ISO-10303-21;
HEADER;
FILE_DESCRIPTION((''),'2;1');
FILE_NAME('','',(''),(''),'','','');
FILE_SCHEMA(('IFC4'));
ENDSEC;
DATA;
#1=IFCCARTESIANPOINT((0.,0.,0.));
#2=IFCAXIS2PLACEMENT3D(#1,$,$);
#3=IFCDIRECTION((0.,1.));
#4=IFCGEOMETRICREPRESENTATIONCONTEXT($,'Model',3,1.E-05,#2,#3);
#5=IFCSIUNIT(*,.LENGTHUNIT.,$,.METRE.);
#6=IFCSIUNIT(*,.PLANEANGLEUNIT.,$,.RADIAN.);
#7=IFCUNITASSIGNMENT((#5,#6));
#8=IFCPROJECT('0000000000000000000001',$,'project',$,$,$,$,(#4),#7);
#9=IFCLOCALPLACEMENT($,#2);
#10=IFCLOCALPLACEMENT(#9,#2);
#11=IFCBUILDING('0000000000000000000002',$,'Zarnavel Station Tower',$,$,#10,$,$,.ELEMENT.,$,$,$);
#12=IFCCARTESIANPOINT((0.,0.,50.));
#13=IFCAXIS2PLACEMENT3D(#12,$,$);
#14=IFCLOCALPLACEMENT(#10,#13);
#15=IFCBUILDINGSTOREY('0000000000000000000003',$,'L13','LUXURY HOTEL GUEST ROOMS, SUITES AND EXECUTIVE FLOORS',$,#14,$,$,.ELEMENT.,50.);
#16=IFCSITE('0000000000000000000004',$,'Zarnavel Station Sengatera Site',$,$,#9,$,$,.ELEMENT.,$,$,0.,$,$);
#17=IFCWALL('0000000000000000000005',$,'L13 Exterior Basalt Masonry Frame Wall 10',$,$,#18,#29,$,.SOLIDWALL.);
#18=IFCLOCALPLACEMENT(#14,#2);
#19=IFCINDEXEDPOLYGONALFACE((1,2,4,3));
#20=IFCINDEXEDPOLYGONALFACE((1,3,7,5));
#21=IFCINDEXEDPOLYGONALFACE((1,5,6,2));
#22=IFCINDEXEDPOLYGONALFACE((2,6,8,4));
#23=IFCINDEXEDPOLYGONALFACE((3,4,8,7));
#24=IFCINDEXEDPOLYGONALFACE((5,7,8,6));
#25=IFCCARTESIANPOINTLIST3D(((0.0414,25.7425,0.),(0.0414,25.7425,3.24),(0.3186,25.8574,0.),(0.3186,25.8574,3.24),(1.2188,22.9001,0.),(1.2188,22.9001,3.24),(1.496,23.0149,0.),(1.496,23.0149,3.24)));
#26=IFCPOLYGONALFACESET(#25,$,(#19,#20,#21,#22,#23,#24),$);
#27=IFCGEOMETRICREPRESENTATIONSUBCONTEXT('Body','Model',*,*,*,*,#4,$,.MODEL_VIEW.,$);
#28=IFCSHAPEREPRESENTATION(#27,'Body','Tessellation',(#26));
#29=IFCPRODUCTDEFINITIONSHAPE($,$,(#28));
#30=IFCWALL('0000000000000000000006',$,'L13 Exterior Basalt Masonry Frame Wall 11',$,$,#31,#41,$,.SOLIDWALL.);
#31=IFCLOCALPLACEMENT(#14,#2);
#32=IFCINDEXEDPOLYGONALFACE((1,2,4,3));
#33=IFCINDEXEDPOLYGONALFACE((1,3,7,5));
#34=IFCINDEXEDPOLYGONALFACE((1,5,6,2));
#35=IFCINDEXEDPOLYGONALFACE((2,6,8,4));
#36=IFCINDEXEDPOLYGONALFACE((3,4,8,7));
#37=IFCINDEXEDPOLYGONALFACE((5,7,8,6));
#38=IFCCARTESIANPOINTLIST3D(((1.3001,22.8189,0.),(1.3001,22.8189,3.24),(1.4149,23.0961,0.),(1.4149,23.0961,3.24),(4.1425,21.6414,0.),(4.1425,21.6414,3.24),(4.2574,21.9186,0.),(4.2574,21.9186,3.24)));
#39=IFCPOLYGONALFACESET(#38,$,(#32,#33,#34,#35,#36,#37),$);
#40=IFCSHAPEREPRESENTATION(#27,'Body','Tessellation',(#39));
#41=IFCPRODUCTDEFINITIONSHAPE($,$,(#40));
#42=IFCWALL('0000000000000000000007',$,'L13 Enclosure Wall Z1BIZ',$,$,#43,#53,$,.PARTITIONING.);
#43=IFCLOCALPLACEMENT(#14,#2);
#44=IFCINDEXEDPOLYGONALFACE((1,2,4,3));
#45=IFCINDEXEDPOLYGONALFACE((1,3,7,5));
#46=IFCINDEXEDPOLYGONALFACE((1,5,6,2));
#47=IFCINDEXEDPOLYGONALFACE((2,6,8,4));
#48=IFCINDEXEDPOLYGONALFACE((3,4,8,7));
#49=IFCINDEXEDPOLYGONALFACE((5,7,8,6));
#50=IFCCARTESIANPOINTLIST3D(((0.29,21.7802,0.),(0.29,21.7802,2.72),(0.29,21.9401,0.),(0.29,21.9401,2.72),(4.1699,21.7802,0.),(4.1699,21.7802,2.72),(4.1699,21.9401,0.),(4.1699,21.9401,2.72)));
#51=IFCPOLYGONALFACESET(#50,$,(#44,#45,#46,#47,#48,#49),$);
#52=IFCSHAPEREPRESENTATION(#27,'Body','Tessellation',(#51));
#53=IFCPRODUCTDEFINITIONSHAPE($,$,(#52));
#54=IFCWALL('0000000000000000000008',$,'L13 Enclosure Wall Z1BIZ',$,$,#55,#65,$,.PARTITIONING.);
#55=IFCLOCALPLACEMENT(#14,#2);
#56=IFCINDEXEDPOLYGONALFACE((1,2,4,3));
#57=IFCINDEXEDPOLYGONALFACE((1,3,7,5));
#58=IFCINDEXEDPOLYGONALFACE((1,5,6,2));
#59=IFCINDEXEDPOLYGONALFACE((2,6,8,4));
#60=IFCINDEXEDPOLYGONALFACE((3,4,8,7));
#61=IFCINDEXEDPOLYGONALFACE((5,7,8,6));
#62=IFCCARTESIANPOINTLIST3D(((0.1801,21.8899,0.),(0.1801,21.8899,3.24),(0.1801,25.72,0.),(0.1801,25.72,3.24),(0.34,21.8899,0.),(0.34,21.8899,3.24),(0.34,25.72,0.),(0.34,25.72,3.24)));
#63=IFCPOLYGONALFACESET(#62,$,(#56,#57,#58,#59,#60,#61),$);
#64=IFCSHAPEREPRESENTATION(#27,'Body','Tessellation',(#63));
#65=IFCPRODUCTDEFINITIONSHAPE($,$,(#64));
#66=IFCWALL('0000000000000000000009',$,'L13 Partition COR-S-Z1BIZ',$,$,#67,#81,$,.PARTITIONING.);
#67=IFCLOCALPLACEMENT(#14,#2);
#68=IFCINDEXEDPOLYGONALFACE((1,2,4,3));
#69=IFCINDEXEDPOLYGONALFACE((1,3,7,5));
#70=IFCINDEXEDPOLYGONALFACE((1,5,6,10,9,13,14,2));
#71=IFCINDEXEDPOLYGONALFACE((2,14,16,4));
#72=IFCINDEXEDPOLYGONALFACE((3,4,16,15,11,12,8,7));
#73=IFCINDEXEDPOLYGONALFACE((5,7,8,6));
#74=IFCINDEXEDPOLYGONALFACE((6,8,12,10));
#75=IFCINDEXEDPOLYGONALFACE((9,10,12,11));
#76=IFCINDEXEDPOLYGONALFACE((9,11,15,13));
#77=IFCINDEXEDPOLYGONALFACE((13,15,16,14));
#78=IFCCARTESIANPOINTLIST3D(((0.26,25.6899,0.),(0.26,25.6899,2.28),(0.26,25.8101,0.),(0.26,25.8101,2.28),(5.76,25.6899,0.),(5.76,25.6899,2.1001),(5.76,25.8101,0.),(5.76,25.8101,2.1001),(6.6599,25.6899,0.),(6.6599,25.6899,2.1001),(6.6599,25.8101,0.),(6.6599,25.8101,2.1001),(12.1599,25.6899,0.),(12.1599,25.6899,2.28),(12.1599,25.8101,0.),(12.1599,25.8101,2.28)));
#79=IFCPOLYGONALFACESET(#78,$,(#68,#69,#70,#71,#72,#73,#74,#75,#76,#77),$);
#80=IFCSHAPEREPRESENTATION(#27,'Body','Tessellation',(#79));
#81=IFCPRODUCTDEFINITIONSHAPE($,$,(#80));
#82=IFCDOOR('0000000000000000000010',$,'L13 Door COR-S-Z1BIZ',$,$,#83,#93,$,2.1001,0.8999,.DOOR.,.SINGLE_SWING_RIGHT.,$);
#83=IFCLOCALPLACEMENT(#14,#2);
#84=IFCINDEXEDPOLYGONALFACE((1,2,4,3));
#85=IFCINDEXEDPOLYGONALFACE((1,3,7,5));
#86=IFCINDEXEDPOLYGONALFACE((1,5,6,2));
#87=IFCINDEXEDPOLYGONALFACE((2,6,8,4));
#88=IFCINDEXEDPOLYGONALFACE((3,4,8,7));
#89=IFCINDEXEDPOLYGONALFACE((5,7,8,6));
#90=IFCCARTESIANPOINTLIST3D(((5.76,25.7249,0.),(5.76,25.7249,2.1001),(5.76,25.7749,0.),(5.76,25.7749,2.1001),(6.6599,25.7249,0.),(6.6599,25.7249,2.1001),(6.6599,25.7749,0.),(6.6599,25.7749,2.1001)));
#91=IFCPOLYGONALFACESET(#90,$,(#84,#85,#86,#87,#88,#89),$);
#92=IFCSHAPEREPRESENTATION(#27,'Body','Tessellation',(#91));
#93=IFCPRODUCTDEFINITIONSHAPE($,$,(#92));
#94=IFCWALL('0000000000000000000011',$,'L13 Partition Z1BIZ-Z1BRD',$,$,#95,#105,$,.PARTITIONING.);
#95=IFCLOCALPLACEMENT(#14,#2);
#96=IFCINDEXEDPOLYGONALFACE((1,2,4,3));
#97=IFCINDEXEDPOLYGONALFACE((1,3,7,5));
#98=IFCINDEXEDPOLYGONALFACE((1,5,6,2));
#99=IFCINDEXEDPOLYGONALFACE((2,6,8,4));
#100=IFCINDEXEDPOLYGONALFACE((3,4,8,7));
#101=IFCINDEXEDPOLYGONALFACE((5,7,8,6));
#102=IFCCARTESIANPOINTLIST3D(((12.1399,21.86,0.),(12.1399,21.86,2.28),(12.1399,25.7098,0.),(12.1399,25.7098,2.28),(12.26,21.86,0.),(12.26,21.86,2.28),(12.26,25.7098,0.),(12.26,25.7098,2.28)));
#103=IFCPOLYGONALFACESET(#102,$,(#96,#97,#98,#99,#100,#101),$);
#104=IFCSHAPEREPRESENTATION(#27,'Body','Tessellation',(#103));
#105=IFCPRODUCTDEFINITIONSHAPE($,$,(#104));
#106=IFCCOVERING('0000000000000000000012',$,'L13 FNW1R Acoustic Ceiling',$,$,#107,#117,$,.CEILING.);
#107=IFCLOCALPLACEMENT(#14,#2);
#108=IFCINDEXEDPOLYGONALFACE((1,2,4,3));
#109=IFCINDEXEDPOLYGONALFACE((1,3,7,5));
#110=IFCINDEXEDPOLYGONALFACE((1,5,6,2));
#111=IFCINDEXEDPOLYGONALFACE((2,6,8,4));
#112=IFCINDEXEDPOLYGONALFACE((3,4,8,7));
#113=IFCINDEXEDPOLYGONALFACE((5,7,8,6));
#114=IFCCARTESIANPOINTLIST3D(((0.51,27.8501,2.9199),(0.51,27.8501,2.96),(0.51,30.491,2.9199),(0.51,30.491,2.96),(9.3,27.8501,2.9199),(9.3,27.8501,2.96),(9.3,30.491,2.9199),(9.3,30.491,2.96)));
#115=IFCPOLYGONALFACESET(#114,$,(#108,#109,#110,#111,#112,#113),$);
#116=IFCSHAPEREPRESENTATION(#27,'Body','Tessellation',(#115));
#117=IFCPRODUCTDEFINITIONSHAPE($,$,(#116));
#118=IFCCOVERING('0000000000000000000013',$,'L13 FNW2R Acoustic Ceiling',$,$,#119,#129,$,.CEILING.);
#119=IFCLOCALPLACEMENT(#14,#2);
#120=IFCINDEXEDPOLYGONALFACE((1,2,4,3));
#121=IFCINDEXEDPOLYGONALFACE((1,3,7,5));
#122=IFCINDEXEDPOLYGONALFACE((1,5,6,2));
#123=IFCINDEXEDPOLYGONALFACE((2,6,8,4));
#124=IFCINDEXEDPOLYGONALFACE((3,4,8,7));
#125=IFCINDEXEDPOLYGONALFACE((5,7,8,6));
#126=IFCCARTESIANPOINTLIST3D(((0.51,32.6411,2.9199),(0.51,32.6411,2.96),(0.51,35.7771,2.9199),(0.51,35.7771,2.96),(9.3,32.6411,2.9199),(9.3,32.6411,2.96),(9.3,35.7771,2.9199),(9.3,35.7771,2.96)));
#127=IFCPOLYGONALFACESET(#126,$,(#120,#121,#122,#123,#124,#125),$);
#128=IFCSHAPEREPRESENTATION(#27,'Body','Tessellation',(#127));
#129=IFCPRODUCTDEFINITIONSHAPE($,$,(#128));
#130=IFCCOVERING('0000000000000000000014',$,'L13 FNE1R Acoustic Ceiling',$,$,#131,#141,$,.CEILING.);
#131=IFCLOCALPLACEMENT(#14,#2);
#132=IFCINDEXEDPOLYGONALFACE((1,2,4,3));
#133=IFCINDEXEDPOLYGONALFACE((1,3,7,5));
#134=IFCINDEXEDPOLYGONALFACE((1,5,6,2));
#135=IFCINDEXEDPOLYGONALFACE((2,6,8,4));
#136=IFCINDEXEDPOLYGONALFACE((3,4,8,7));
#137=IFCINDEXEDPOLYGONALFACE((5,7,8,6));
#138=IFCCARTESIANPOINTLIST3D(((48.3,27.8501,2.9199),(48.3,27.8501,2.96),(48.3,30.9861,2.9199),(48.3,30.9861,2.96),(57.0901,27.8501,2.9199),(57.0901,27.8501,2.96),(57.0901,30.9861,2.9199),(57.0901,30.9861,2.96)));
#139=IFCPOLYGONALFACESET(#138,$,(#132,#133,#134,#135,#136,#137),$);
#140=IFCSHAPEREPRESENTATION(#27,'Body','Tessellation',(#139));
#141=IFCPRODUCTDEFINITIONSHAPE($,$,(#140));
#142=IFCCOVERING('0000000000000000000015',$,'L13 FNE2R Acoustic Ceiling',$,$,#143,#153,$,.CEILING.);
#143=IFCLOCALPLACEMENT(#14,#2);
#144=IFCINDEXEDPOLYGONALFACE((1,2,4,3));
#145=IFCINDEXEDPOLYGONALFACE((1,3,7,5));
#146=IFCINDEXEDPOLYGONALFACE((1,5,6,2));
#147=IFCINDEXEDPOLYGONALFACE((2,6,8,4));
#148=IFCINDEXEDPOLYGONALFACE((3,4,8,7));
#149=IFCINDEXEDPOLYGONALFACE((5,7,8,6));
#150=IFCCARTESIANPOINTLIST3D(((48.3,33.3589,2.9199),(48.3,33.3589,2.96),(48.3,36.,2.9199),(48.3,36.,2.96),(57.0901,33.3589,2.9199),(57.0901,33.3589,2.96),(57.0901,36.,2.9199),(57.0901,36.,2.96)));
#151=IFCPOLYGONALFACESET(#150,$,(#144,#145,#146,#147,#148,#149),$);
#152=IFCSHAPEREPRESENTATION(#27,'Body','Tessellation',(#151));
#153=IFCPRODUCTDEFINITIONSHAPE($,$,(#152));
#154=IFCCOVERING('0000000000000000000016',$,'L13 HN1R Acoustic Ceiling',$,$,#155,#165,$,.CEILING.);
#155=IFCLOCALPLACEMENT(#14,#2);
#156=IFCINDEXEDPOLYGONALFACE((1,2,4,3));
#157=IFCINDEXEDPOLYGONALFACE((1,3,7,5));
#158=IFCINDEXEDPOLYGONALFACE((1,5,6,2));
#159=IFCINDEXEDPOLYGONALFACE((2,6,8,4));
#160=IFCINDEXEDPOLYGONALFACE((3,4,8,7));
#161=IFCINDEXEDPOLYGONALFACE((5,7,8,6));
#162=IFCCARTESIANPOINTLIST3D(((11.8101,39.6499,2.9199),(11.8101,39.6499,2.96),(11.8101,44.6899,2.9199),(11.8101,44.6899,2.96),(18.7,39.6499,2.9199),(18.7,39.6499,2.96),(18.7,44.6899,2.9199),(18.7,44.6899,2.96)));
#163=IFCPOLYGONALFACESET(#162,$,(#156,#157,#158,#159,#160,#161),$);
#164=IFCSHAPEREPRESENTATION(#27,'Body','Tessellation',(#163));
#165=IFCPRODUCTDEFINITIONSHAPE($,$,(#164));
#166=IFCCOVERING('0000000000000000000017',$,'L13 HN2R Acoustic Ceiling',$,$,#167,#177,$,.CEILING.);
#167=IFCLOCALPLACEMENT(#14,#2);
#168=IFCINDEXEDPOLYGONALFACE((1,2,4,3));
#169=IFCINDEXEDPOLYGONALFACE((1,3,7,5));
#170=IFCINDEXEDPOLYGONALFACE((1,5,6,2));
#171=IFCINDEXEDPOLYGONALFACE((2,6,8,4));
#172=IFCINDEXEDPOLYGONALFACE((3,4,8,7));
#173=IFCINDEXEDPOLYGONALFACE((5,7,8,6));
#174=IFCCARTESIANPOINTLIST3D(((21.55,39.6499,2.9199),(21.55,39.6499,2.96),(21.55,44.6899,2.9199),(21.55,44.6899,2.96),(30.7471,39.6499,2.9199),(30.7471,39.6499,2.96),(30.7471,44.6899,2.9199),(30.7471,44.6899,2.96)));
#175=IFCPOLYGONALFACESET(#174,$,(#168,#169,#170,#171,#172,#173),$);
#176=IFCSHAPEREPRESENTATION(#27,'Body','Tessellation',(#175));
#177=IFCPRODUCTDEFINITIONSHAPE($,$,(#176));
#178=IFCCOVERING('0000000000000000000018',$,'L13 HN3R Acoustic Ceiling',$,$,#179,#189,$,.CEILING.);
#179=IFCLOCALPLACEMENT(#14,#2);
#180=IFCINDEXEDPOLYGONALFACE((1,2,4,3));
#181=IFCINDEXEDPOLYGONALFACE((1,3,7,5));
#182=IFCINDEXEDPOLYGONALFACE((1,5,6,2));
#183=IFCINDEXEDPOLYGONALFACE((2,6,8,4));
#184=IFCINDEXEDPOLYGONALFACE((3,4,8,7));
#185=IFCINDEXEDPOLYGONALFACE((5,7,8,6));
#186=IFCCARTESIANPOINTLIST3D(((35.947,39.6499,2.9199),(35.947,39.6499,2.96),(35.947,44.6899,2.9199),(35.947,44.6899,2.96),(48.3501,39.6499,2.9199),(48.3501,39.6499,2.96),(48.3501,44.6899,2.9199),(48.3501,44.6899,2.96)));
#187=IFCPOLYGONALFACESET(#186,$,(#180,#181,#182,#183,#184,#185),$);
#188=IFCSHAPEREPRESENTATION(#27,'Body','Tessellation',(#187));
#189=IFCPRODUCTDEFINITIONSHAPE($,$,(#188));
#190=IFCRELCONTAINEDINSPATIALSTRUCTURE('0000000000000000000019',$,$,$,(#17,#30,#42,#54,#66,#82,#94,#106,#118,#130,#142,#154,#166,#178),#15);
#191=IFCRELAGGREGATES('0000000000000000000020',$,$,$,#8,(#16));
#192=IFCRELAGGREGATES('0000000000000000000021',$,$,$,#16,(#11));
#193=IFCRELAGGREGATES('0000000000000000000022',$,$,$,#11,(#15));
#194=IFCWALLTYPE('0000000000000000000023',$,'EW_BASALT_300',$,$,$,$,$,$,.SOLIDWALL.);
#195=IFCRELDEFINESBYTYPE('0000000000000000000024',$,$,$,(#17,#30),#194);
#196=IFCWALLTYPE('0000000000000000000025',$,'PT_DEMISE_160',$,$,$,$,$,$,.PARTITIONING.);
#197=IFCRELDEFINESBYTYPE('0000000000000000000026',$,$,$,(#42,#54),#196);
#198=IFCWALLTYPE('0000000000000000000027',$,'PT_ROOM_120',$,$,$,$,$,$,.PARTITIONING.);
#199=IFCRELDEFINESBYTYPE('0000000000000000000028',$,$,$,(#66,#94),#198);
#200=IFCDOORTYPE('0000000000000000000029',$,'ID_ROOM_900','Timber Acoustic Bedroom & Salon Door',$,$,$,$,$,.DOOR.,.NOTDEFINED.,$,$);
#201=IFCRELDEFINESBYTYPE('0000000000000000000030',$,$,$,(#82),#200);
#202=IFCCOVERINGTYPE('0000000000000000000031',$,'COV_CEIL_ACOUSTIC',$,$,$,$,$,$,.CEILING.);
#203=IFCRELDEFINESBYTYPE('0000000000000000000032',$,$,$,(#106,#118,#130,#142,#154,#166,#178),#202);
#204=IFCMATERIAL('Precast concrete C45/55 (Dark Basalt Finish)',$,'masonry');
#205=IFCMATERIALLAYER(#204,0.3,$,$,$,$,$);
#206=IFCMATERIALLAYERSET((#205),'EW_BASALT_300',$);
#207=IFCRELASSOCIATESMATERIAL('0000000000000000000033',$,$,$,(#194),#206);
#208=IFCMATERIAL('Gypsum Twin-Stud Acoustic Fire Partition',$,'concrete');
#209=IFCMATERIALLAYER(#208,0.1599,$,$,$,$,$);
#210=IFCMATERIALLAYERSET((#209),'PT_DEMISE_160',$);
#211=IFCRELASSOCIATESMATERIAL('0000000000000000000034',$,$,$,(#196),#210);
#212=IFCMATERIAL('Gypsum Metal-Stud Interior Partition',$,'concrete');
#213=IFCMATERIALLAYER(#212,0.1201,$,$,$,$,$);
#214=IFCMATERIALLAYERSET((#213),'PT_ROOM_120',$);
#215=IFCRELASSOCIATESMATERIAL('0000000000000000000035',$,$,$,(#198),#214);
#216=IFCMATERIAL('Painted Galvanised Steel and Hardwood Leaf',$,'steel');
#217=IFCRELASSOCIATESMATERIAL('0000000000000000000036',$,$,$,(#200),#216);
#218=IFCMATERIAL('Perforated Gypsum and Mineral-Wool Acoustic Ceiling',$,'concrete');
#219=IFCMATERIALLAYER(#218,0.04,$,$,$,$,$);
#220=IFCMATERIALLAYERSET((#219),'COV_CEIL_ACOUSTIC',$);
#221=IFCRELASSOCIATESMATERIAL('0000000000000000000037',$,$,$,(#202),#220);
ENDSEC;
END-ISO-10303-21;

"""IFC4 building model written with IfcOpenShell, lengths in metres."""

from ifc_helpers import new_model, si_unit, direction, frame, frame_2d, origin, place, context, subcontext, project, spatial, polyline, rectangle, outline, extrude, material, layer, layer_set, type_object, element, fill, save


model = new_model("IFC4")

# Units and contexts
model_context = context("Model", 3, precision=1e-05, world=origin(), true_north=direction((0.0, 1.0)))
body_context = subcontext(model_context, "Body", "Model", "MODEL_VIEW")
ifc_project = project(units=[si_unit("LENGTHUNIT", "METRE"), si_unit("PLANEANGLEUNIT", "RADIAN")], contexts=[model_context])

# Site, building, storey
site_placement = place(None, origin())
site = spatial("IfcSite", under=ifc_project, at=site_placement, Name="Zarnavel Station Sengatera Site", CompositionType="ELEMENT", RefElevation=0.0)
building_placement = place(site_placement, origin())
building = spatial("IfcBuilding", under=site, at=building_placement, Name="Zarnavel Station Tower", CompositionType="ELEMENT")
storey_placement = place(building_placement, frame((0.0, 0.0, 50.0)))
storey = spatial("IfcBuildingStorey", under=building, at=storey_placement, Name="L13", Description="LUXURY HOTEL GUEST ROOMS, SUITES AND EXECUTIVE FLOORS", CompositionType="ELEMENT", Elevation=50.0)

# Walls
ifc_material_1 = material(Name="Precast concrete C45/55 (Dark Basalt Finish)", Category="masonry")
ifc_layer_1 = layer(ifc_material_1, 0.3)
ifc_layer_set_1 = layer_set([ifc_layer_1], Name="EW_BASALT_300")
wall_type_1 = type_object("IfcWallType", Name="EW_BASALT_300", PredefinedType="SOLIDWALL", material=ifc_layer_set_1)
for number, where, z_axis, x_axis, name in (
    (1, (1.3574, 22.9575, 0.0), (0.0, 0.0, 1.0), (-0.382705, 0.923871, 0.0), "L13 Exterior Basalt Masonry Frame Wall 10"),
    (2, (4.2, 21.78, 0.0), (0.0, 0.0, 1.0), (-0.923871, 0.382705, 0.0), "L13 Exterior Basalt Masonry Frame Wall 11"),
):
    element("IfcWall", number, at=place(storey_placement, frame(where, z_axis=z_axis, x_axis=x_axis)), inside=storey, type_object=wall_type_1, Name=name, PredefinedType="SOLIDWALL", context=body_context, shape_type="SweptSolid", body=[
        extrude(rectangle(XDim=3.0767, YDim=0.3, at=frame_2d((1.5383, 0.0))), origin(), (0.0, 0.0, 1.0), 3.24),
    ])
ifc_material_2 = material(Name="Gypsum Twin-Stud Acoustic Fire Partition", Category="concrete")
ifc_layer_2 = layer(ifc_material_2, 0.1599)
ifc_layer_set_2 = layer_set([ifc_layer_2], Name="PT_DEMISE_160")
wall_type_2 = type_object("IfcWallType", Name="PT_DEMISE_160", PredefinedType="PARTITIONING", material=ifc_layer_set_2)
wall_1_placement = place(storey_placement, frame((0.29, 21.8601, 0.0), z_axis=(0.0, 0.0, 1.0), x_axis=(1.0, 0.0, 0.0)))
element("IfcWall", 3, at=wall_1_placement, inside=storey, type_object=wall_type_2, Name="L13 Enclosure Wall Z1BIZ", PredefinedType="PARTITIONING", context=body_context, shape_type="SweptSolid", body=[
    extrude(rectangle(XDim=3.8799, YDim=0.1599, at=frame_2d((1.9399, 0.0))), origin(), (0.0, 0.0, 1.0), 2.72),
])
wall_2_placement = place(storey_placement, frame((0.26, 21.8899, 0.0), z_axis=(0.0, 0.0, 1.0), x_axis=(0.0, 1.0, 0.0)))
element("IfcWall", 4, at=wall_2_placement, inside=storey, type_object=wall_type_2, Name="L13 Enclosure Wall Z1BIZ", PredefinedType="PARTITIONING", context=body_context, shape_type="SweptSolid", body=[
    extrude(rectangle(XDim=3.8301, YDim=0.1599, at=frame_2d((1.915, 0.0))), origin(), (0.0, 0.0, 1.0), 3.24),
])

# Wall, opening, door
ifc_material_3 = material(Name="Gypsum Metal-Stud Interior Partition", Category="concrete")
ifc_layer_3 = layer(ifc_material_3, 0.1201)
ifc_layer_set_3 = layer_set([ifc_layer_3], Name="PT_ROOM_120")
wall_type_3 = type_object("IfcWallType", Name="PT_ROOM_120", PredefinedType="PARTITIONING", material=ifc_layer_set_3)
wall_3_placement = place(storey_placement, frame((0.26, 25.75, 0.0), z_axis=(0.0, 0.0, 1.0), x_axis=(1.0, 0.0, 0.0)))
wall_3 = element("IfcWall", 5, at=wall_3_placement, inside=storey, type_object=wall_type_3, Name="L13 Partition COR-S-Z1BIZ", PredefinedType="PARTITIONING", context=body_context, shape_type="SweptSolid", body=[
    extrude(rectangle(XDim=11.8999, YDim=0.1201, at=frame_2d((5.95, 0.0))), origin(), (0.0, 0.0, 1.0), 2.28),
])
opening_placement = place(wall_3_placement, frame((5.5, 0.0, 0.0)))
opening = element("IfcOpeningElement", 6, at=opening_placement, cuts=wall_3, PredefinedType="OPENING", context=body_context, shape_type="SweptSolid", body=[
    extrude(rectangle(XDim=0.8999, YDim=2.1001, at=frame_2d((0.45, 1.05))), frame((0.0, 0.0701, 0.0), z_axis=(0.0, -1.0, 0.0), x_axis=(1.0, 0.0, 0.0)), (0.0, 0.0, 1.0), 0.1401),
])
ifc_material_4 = material(Name="Painted Galvanised Steel and Hardwood Leaf", Category="steel")
door_type = type_object("IfcDoorType", Name="ID_ROOM_900", Description="Timber Acoustic Bedroom & Salon Door", OperationType="NOTDEFINED", PredefinedType="DOOR", material=ifc_material_4)
door_placement = place(opening_placement, origin())
door = element("IfcDoor", 7, at=door_placement, inside=storey, type_object=door_type, Name="L13 Door COR-S-Z1BIZ", OperationType="SINGLE_SWING_RIGHT", OverallHeight=2.1001, OverallWidth=0.8999, PredefinedType="DOOR", context=body_context, shape_type="SweptSolid", body=[
    extrude(rectangle(XDim=0.8999, YDim=2.1001, at=frame_2d((0.45, 1.05))), frame((0.0, 0.0249, 0.0), z_axis=(0.0, -1.0, 0.0), x_axis=(1.0, 0.0, 0.0)), (0.0, 0.0, 1.0), 0.05),
])
fill(opening, door)

# Wall
wall_4_placement = place(storey_placement, frame((12.2, 21.8601, 0.0), z_axis=(0.0, 0.0, 1.0), x_axis=(0.0, 1.0, 0.0)))
element("IfcWall", 8, at=wall_4_placement, inside=storey, type_object=wall_type_3, Name="L13 Partition Z1BIZ-Z1BRD", PredefinedType="PARTITIONING", context=body_context, shape_type="SweptSolid", body=[
    extrude(rectangle(XDim=3.8499, YDim=0.1201, at=frame_2d((1.9248, 0.0))), origin(), (0.0, 0.0, 1.0), 2.28),
])

# Coverings
ifc_material_5 = material(Name="Perforated Gypsum and Mineral-Wool Acoustic Ceiling", Category="concrete")
ifc_layer_4 = layer(ifc_material_5, 0.04)
ifc_layer_set_4 = layer_set([ifc_layer_4], Name="COV_CEIL_ACOUSTIC")
covering_type_1 = type_object("IfcCoveringType", Name="COV_CEIL_ACOUSTIC", PredefinedType="CEILING", material=ifc_layer_set_4)
covering_1_placement = place(storey_placement, frame((0.0, 0.0, 2.9199)))
element("IfcCovering", 9, at=covering_1_placement, inside=storey, type_object=covering_type_1, Name="L13 FNW1R Acoustic Ceiling", PredefinedType="CEILING", context=body_context, shape_type="SweptSolid", body=[
    extrude(outline(polyline([(0.51, 27.8501), (9.3, 27.8501), (9.3, 30.491), (0.51, 30.491), (0.51, 27.8501)])), origin(), (0.0, 0.0, 1.0), 0.04),
])
covering_2_placement = place(storey_placement, frame((0.0, 0.0, 2.9199)))
element("IfcCovering", 10, at=covering_2_placement, inside=storey, type_object=covering_type_1, Name="L13 FNW2R Acoustic Ceiling", PredefinedType="CEILING", context=body_context, shape_type="SweptSolid", body=[
    extrude(outline(polyline([(0.51, 32.6411), (9.3, 32.6411), (9.3, 35.7771), (0.51, 35.7771), (0.51, 32.6411)])), origin(), (0.0, 0.0, 1.0), 0.04),
])
covering_3_placement = place(storey_placement, frame((0.0, 0.0, 2.9199)))
element("IfcCovering", 11, at=covering_3_placement, inside=storey, type_object=covering_type_1, Name="L13 FNE1R Acoustic Ceiling", PredefinedType="CEILING", context=body_context, shape_type="SweptSolid", body=[
    extrude(outline(polyline([(48.3, 27.8501), (57.0901, 27.8501), (57.0901, 30.9861), (48.3, 30.9861), (48.3, 27.8501)])), origin(), (0.0, 0.0, 1.0), 0.04),
])
covering_4_placement = place(storey_placement, frame((0.0, 0.0, 2.9199)))
element("IfcCovering", 12, at=covering_4_placement, inside=storey, type_object=covering_type_1, Name="L13 FNE2R Acoustic Ceiling", PredefinedType="CEILING", context=body_context, shape_type="SweptSolid", body=[
    extrude(outline(polyline([(48.3, 33.3589), (57.0901, 33.3589), (57.0901, 36.0), (48.3, 36.0), (48.3, 33.3589)])), origin(), (0.0, 0.0, 1.0), 0.04),
])
covering_5_placement = place(storey_placement, frame((0.0, 0.0, 2.9199)))
element("IfcCovering", 13, at=covering_5_placement, inside=storey, type_object=covering_type_1, Name="L13 HN1R Acoustic Ceiling", PredefinedType="CEILING", context=body_context, shape_type="SweptSolid", body=[
    extrude(outline(polyline([(11.8101, 39.6499), (18.7, 39.6499), (18.7, 44.6899), (11.8101, 44.6899), (11.8101, 39.6499)])), origin(), (0.0, 0.0, 1.0), 0.04),
])
covering_6_placement = place(storey_placement, frame((0.0, 0.0, 2.9199)))
element("IfcCovering", 14, at=covering_6_placement, inside=storey, type_object=covering_type_1, Name="L13 HN2R Acoustic Ceiling", PredefinedType="CEILING", context=body_context, shape_type="SweptSolid", body=[
    extrude(outline(polyline([(21.55, 39.6499), (30.7471, 39.6499), (30.7471, 44.6899), (21.55, 44.6899), (21.55, 39.6499)])), origin(), (0.0, 0.0, 1.0), 0.04),
])
covering_7_placement = place(storey_placement, frame((0.0, 0.0, 2.9199)))
element("IfcCovering", 15, at=covering_7_placement, inside=storey, type_object=covering_type_1, Name="L13 HN3R Acoustic Ceiling", PredefinedType="CEILING", context=body_context, shape_type="SweptSolid", body=[
    extrude(outline(polyline([(35.947, 39.6499), (48.3501, 39.6499), (48.3501, 44.6899), (35.947, 44.6899), (35.947, 39.6499)])), origin(), (0.0, 0.0, 1.0), 0.04),
])

save(model, "model.ifc")
